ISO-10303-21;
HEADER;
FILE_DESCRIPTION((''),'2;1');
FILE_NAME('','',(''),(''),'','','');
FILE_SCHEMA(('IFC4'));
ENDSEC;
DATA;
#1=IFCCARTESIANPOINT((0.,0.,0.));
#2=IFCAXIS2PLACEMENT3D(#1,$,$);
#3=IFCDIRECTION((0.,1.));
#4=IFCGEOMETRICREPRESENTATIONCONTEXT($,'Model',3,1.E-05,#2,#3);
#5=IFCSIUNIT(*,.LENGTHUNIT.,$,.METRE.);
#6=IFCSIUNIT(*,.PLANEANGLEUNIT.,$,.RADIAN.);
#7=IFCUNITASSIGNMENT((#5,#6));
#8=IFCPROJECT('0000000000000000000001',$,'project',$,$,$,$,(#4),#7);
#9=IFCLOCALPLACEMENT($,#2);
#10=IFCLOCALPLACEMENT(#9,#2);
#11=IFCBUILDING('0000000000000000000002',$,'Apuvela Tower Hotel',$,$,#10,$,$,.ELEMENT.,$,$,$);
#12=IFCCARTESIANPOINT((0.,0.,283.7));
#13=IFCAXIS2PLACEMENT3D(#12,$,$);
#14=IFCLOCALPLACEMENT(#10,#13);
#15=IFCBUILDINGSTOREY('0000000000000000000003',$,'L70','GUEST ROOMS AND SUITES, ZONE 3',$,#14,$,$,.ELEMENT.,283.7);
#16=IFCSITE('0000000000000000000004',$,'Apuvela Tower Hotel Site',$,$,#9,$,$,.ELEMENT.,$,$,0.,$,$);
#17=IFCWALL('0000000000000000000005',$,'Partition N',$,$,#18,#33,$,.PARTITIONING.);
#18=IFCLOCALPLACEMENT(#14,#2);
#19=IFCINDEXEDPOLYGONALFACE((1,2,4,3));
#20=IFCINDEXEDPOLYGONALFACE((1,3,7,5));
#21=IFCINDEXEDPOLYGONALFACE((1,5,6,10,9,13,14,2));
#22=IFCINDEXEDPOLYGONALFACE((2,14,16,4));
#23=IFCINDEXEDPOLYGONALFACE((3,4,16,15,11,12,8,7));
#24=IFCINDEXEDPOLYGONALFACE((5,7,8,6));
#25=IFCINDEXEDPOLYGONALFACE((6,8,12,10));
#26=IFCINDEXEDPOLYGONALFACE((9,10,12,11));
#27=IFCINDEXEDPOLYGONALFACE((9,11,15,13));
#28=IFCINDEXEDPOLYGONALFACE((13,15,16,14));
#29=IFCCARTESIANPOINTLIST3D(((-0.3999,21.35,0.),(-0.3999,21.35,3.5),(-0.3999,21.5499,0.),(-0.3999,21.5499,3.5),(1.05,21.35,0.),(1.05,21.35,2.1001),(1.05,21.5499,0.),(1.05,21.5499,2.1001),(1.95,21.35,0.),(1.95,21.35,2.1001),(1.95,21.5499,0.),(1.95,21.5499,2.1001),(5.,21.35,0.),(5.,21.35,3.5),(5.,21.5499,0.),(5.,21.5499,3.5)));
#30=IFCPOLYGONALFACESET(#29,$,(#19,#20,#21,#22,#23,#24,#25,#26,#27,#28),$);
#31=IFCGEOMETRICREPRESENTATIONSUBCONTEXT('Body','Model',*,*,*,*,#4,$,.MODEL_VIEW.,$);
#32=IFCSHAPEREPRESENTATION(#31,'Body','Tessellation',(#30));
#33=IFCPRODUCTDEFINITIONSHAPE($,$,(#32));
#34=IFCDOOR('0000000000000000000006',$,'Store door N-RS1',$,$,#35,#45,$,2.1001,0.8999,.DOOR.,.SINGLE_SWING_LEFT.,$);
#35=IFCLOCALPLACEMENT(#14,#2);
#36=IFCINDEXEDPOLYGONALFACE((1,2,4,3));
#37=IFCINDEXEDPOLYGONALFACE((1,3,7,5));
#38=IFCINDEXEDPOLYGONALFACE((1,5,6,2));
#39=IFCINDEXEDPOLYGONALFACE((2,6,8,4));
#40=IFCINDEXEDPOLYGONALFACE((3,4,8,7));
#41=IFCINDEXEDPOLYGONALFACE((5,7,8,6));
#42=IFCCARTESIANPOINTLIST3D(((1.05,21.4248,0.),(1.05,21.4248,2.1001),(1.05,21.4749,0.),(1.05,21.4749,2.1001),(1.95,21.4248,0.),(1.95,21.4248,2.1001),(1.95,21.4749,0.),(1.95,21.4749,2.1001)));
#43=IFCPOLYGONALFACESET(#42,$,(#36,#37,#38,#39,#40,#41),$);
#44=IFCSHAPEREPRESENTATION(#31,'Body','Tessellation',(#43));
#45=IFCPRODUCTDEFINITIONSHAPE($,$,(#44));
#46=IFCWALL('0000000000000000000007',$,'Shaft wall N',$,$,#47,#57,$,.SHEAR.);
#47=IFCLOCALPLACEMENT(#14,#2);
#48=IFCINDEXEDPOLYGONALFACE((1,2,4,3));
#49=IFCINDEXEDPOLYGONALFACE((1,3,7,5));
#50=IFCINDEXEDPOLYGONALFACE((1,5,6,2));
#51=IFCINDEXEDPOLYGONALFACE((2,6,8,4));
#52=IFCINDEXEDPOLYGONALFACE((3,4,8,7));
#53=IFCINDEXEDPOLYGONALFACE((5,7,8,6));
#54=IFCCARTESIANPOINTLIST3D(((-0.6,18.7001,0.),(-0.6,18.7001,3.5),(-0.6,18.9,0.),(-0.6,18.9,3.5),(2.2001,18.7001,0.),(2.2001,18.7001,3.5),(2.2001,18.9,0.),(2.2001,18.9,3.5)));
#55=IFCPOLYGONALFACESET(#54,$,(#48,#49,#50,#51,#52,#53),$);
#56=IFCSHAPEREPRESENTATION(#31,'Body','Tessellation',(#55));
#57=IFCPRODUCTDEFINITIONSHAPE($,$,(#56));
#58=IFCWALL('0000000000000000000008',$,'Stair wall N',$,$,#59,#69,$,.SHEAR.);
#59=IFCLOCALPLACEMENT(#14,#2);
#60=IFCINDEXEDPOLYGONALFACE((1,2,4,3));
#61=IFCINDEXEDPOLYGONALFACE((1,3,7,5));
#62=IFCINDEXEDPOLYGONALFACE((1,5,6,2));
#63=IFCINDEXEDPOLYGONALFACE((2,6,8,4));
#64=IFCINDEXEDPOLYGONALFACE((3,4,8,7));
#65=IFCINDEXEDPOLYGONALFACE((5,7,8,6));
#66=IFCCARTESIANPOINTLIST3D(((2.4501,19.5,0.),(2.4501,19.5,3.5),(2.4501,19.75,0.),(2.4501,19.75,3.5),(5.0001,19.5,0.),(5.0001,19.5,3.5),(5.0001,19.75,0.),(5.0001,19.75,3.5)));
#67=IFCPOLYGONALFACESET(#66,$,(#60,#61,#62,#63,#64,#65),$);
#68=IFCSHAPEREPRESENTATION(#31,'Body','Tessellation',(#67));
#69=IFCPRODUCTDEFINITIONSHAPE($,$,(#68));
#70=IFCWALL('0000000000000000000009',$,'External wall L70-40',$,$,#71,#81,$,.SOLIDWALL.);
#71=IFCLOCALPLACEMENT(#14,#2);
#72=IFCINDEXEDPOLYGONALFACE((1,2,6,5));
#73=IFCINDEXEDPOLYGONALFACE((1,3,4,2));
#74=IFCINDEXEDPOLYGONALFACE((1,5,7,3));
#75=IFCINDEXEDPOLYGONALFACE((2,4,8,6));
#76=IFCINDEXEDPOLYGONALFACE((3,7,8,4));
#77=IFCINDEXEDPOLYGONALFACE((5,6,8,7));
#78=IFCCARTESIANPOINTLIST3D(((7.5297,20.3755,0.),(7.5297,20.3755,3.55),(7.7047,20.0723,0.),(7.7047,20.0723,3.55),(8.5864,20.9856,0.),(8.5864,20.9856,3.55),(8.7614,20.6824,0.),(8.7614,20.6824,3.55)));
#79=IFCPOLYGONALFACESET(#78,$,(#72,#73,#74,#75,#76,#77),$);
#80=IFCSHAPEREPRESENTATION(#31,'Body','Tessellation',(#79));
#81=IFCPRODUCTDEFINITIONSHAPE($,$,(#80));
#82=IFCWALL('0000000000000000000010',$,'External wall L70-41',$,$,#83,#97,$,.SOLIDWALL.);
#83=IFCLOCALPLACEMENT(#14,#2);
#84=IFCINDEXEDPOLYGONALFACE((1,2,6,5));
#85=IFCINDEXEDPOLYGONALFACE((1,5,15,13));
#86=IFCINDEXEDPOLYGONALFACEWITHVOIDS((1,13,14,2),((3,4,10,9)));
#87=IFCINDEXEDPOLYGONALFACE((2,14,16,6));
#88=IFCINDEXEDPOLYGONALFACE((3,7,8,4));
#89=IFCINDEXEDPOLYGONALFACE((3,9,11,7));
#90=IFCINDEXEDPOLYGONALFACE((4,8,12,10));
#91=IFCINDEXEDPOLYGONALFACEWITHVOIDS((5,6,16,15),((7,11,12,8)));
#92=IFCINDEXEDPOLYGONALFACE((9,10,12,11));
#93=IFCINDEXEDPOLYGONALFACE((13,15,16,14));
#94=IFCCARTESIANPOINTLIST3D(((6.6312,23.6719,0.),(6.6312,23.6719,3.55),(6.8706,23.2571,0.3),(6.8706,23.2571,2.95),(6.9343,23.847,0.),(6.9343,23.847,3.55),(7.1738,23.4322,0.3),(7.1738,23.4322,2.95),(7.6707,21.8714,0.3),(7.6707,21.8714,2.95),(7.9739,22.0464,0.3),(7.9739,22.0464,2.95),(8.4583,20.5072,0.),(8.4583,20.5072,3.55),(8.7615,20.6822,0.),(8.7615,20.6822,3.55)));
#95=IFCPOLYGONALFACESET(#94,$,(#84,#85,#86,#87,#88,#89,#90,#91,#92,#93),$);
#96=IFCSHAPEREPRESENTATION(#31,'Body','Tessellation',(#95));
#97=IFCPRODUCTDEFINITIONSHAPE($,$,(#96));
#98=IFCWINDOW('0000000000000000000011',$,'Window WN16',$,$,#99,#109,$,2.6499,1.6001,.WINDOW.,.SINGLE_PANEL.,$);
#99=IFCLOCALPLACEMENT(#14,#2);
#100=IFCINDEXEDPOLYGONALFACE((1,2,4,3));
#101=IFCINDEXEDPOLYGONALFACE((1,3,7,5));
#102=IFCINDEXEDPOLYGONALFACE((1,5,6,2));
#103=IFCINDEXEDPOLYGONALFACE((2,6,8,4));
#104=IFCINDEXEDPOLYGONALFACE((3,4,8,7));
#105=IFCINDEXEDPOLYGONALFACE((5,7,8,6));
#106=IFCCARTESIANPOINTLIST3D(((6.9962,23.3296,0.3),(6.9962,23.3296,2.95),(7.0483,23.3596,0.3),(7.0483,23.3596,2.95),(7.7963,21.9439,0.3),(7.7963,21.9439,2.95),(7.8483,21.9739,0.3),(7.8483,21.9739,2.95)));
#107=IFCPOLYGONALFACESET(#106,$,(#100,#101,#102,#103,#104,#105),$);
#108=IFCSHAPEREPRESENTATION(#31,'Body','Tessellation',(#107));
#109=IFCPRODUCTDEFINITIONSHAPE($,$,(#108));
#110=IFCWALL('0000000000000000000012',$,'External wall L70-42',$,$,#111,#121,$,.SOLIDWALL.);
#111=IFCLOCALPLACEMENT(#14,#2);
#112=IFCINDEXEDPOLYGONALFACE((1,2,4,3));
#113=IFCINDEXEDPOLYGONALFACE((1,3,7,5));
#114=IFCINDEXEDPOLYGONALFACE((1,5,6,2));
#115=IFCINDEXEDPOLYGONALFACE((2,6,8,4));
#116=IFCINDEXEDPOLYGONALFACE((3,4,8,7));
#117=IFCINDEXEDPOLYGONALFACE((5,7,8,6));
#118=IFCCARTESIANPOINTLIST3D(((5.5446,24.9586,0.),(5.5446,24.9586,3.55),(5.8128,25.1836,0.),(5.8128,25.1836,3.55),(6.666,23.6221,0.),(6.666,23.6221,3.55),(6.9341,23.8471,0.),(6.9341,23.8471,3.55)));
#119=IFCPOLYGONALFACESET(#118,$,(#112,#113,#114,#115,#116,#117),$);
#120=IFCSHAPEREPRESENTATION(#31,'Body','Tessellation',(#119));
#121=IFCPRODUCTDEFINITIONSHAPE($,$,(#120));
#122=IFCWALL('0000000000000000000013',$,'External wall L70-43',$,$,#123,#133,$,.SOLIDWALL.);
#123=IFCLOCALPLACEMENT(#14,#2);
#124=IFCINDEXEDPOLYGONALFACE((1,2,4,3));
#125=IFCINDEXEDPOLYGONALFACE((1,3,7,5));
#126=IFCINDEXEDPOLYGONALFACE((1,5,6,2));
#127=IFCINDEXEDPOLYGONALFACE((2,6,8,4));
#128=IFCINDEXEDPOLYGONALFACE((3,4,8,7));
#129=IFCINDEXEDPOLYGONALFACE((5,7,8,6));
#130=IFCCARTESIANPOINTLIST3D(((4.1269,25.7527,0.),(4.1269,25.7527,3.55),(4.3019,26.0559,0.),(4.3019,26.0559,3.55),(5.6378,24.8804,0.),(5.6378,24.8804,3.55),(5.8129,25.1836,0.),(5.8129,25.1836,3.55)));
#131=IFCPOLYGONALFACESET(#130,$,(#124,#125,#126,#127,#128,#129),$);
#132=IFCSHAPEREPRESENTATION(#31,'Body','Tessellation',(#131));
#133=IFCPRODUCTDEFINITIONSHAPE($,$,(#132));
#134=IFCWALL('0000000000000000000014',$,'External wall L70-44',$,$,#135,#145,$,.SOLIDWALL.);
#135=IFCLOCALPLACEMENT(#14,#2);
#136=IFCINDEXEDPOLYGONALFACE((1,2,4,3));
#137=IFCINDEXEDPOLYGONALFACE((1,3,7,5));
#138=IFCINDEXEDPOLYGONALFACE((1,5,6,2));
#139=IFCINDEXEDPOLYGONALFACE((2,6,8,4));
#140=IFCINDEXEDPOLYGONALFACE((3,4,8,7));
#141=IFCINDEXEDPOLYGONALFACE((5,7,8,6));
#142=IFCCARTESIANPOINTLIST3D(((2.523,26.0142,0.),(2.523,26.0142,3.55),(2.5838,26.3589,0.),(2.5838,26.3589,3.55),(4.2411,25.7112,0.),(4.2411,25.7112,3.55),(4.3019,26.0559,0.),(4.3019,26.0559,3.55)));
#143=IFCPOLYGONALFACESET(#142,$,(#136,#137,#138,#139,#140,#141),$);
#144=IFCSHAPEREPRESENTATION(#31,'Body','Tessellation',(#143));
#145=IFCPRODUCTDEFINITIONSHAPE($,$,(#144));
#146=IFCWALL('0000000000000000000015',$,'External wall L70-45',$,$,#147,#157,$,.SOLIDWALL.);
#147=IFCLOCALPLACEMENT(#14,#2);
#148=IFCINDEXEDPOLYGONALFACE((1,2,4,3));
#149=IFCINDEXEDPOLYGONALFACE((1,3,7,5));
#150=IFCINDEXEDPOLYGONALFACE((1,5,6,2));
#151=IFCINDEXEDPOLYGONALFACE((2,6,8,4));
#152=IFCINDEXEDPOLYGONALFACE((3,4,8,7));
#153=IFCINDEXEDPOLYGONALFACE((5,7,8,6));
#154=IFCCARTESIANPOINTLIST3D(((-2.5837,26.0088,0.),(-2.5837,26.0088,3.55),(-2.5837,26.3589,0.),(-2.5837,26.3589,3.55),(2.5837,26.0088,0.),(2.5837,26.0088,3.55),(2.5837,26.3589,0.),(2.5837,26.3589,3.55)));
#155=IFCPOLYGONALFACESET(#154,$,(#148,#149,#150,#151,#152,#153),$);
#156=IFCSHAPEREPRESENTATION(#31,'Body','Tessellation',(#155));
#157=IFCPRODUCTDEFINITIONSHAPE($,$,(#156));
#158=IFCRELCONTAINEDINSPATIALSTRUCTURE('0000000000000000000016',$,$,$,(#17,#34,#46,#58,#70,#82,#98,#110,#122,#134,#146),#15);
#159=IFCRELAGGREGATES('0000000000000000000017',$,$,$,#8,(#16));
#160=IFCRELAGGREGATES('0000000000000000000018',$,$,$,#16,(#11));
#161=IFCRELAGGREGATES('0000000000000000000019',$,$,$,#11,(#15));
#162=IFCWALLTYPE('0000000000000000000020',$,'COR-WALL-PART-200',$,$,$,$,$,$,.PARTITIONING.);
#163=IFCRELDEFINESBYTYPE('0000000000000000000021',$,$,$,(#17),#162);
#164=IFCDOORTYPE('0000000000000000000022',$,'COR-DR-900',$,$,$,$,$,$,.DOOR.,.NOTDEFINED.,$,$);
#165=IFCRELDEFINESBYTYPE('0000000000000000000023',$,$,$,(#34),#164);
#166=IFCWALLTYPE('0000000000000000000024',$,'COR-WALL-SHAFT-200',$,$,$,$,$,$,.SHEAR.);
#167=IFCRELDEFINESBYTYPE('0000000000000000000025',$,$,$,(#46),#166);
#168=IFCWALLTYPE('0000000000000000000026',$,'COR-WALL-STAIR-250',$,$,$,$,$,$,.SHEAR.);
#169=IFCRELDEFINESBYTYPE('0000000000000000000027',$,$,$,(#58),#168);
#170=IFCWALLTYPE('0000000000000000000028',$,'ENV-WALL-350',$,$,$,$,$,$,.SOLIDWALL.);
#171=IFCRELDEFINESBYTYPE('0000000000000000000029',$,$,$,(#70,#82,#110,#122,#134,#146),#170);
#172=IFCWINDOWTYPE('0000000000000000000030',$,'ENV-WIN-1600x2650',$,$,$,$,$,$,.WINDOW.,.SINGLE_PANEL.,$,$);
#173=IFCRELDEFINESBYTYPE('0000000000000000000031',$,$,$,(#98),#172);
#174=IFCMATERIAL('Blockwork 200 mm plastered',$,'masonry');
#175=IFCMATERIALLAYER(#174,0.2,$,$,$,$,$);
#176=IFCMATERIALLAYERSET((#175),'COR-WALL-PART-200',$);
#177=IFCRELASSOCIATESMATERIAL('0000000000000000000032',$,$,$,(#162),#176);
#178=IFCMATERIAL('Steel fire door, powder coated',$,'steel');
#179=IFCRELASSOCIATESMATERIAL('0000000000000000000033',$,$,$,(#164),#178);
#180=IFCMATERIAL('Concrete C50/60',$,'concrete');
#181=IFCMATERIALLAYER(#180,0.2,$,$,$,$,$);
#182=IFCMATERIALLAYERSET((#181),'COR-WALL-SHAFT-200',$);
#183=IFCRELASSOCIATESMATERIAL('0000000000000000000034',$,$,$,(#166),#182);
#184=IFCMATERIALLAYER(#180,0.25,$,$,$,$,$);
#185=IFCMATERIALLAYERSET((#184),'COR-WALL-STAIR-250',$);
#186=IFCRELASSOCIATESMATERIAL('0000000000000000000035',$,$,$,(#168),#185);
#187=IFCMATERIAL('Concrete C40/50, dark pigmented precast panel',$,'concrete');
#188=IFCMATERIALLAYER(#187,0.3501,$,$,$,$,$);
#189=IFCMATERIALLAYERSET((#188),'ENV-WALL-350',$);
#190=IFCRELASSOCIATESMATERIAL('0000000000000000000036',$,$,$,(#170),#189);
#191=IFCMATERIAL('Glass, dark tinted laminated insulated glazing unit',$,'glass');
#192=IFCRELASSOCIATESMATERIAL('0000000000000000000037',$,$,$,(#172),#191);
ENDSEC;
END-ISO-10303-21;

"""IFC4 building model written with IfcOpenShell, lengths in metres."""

from ifc_helpers import new_model, si_unit, direction, frame, frame_2d, origin, place, context, subcontext, project, spatial, rectangle, extrude, material, layer, layer_set, type_object, element, fill, save


model = new_model("IFC4")

# Units and contexts
model_context = context("Model", 3, precision=1e-05, world=origin(), true_north=direction((0.0, 1.0)))
body_context = subcontext(model_context, "Body", "Model", "MODEL_VIEW")
ifc_project = project(units=[si_unit("LENGTHUNIT", "METRE"), si_unit("PLANEANGLEUNIT", "RADIAN")], contexts=[model_context])

# Site, building, storey
site_placement = place(None, origin())
site = spatial("IfcSite", under=ifc_project, at=site_placement, Name="Apuvela Tower Hotel Site", CompositionType="ELEMENT", RefElevation=0.0)
building_placement = place(site_placement, origin())
building = spatial("IfcBuilding", under=site, at=building_placement, Name="Apuvela Tower Hotel", CompositionType="ELEMENT")
storey_placement = place(building_placement, frame((0.0, 0.0, 283.7)))
storey = spatial("IfcBuildingStorey", under=building, at=storey_placement, Name="L70", Description="GUEST ROOMS AND SUITES, ZONE 3", CompositionType="ELEMENT", Elevation=283.7)

# Wall, opening, door
ifc_material_1 = material(Name="Blockwork 200 mm plastered", Category="masonry")
ifc_layer_1 = layer(ifc_material_1, 0.2)
ifc_layer_set_1 = layer_set([ifc_layer_1], Name="COR-WALL-PART-200")
wall_type_1 = type_object("IfcWallType", Name="COR-WALL-PART-200", PredefinedType="PARTITIONING", material=ifc_layer_set_1)
wall_1_placement = place(storey_placement, frame((5.0, 21.45, 0.0), z_axis=(0.0, 0.0, 1.0), x_axis=(-1.0, 0.0, 0.0)))
wall_1 = element("IfcWall", 1, at=wall_1_placement, inside=storey, type_object=wall_type_1, Name="Partition N", PredefinedType="PARTITIONING", context=body_context, shape_type="SweptSolid", body=[
    extrude(rectangle(XDim=5.3999, YDim=0.2, at=frame_2d((2.7, 0.0))), origin(), (0.0, 0.0, 1.0), 3.5),
])
opening_1_placement = place(wall_1_placement, frame((3.05, 0.0, 0.0)))
opening_1 = element("IfcOpeningElement", 2, at=opening_1_placement, cuts=wall_1, PredefinedType="OPENING", context=body_context, shape_type="SweptSolid", body=[
    extrude(rectangle(XDim=0.8999, YDim=2.1001, at=frame_2d((0.45, 1.05))), frame((0.0, 0.1099, 0.0), z_axis=(0.0, -1.0, 0.0), x_axis=(1.0, 0.0, 0.0)), (0.0, 0.0, 1.0), 0.22),
])
ifc_material_2 = material(Name="Steel fire door, powder coated", Category="steel")
door_type_1 = type_object("IfcDoorType", Name="COR-DR-900", OperationType="NOTDEFINED", PredefinedType="DOOR", material=ifc_material_2)
door_1_placement = place(opening_1_placement, frame((0.8999, 0.0, 0.0), z_axis=(0.0, 0.0, 1.0), x_axis=(-1.0, 0.0, 0.0)))
door_1 = element("IfcDoor", 3, at=door_1_placement, inside=storey, type_object=door_type_1, Name="Store door N-RS1", OperationType="SINGLE_SWING_LEFT", OverallHeight=2.1001, OverallWidth=0.8999, PredefinedType="DOOR", context=body_context, shape_type="SweptSolid", body=[
    extrude(rectangle(XDim=0.8999, YDim=2.1001, at=frame_2d((0.45, 1.05))), frame((0.0, 0.0249, 0.0), z_axis=(0.0, -1.0, 0.0), x_axis=(1.0, 0.0, 0.0)), (0.0, 0.0, 1.0), 0.05),
])
fill(opening_1, door_1)

# Walls
ifc_material_3 = material(Name="Concrete C50/60", Category="concrete")
ifc_layer_2 = layer(ifc_material_3, 0.2)
ifc_layer_set_2 = layer_set([ifc_layer_2], Name="COR-WALL-SHAFT-200")
wall_type_2 = type_object("IfcWallType", Name="COR-WALL-SHAFT-200", PredefinedType="SHEAR", material=ifc_layer_set_2)
wall_2_placement = place(storey_placement, frame((2.2, 18.8, 0.0), z_axis=(0.0, 0.0, 1.0), x_axis=(-1.0, 0.0, 0.0)))
element("IfcWall", 4, at=wall_2_placement, inside=storey, type_object=wall_type_2, Name="Shaft wall N", PredefinedType="SHEAR", context=body_context, shape_type="SweptSolid", body=[
    extrude(rectangle(XDim=2.8, YDim=0.2, at=frame_2d((1.3999, 0.0))), origin(), (0.0, 0.0, 1.0), 3.5),
])
ifc_layer_3 = layer(ifc_material_3, 0.25)
ifc_layer_set_3 = layer_set([ifc_layer_3], Name="COR-WALL-STAIR-250")
wall_type_3 = type_object("IfcWallType", Name="COR-WALL-STAIR-250", PredefinedType="SHEAR", material=ifc_layer_set_3)
wall_3_placement = place(storey_placement, frame((5.0, 19.625, 0.0), z_axis=(0.0, 0.0, 1.0), x_axis=(-1.0, 0.0, 0.0)))
element("IfcWall", 5, at=wall_3_placement, inside=storey, type_object=wall_type_3, Name="Stair wall N", PredefinedType="SHEAR", context=body_context, shape_type="SweptSolid", body=[
    extrude(rectangle(XDim=2.55, YDim=0.25, at=frame_2d((1.2749, 0.0))), origin(), (0.0, 0.0, 1.0), 3.5),
])
ifc_material_4 = material(Name="Concrete C40/50, dark pigmented precast panel", Category="concrete")
ifc_layer_4 = layer(ifc_material_4, 0.3501)
ifc_layer_set_4 = layer_set([ifc_layer_4], Name="ENV-WALL-350")
wall_type_4 = type_object("IfcWallType", Name="ENV-WALL-350", PredefinedType="SOLIDWALL", material=ifc_layer_set_4)
wall_4_placement = place(storey_placement, frame((7.6172, 20.2239, 0.0), z_axis=(0.0, 0.0, 1.0), x_axis=(0.866006, 0.500034, 0.0)))
element("IfcWall", 6, at=wall_4_placement, inside=storey, type_object=wall_type_4, Name="External wall L70-40", PredefinedType="SOLIDWALL", context=body_context, shape_type="SweptSolid", body=[
    extrude(rectangle(XDim=1.2202, YDim=0.3501, at=frame_2d((0.6101, 0.0))), origin(), (0.0, 0.0, 1.0), 3.55),
])

# Wall, opening, window
wall_5_placement = place(storey_placement, frame((8.6099, 20.5947, 0.0), z_axis=(0.0, 0.0, 1.0), x_axis=(-0.49999, 0.866031, 0.0)))
wall_5 = element("IfcWall", 7, at=wall_5_placement, inside=storey, type_object=wall_type_4, Name="External wall L70-41", PredefinedType="SOLIDWALL", context=body_context, shape_type="SweptSolid", body=[
    extrude(rectangle(XDim=3.6543, YDim=0.3501, at=frame_2d((1.8271, 0.0))), origin(), (0.0, 0.0, 1.0), 3.55),
])
opening_2_placement = place(wall_5_placement, frame((1.5752, 0.0, 0.3)))
opening_2 = element("IfcOpeningElement", 8, at=opening_2_placement, cuts=wall_5, PredefinedType="OPENING", context=body_context, shape_type="SweptSolid", body=[
    extrude(rectangle(XDim=1.6001, YDim=2.6499, at=frame_2d((0.8, 1.325))), frame((0.0, 0.1851, 0.0), z_axis=(0.0, -1.0, 0.0), x_axis=(1.0, 0.0, 0.0)), (0.0, 0.0, 1.0), 0.3701),
])
ifc_material_5 = material(Name="Glass, dark tinted laminated insulated glazing unit", Category="glass")
window_type = type_object("IfcWindowType", Name="ENV-WIN-1600x2650", PartitioningType="SINGLE_PANEL", PredefinedType="WINDOW", material=ifc_material_5)
window_placement = place(opening_2_placement, origin())
window = element("IfcWindow", 9, at=window_placement, inside=storey, type_object=window_type, Name="Window WN16", OverallHeight=2.6499, OverallWidth=1.6001, PartitioningType="SINGLE_PANEL", PredefinedType="WINDOW", context=body_context, shape_type="SweptSolid", body=[
    extrude(rectangle(XDim=1.6001, YDim=2.6499, at=frame_2d((0.8, 1.325))), frame((0.0, 0.03, 0.0), z_axis=(0.0, -1.0, 0.0), x_axis=(1.0, 0.0, 0.0)), (0.0, 0.0, 1.0), 0.0601),
])
fill(opening_2, window)

# Walls
for number, where, z_axis, x_axis, name in (
    (10, (6.8, 23.7346, 0.0), (0.0, 0.0, 1.0), (-0.642769, 0.76606, 0.0), "External wall L70-42"),
    (11, (5.7253, 25.032, 0.0), (0.0, 0.0, 1.0), (-0.866039, 0.499977, 0.0), "External wall L70-43"),
    (12, (4.2715, 25.8835, 0.0), (0.0, 0.0, 1.0), (-0.984803, 0.173674, 0.0), "External wall L70-44"),
):
    element("IfcWall", number, at=place(storey_placement, frame(where, z_axis=z_axis, x_axis=x_axis)), inside=storey, type_object=wall_type_4, Name=name, PredefinedType="SOLIDWALL", context=body_context, shape_type="SweptSolid", body=[
        extrude(rectangle(XDim=1.7446, YDim=0.3501, at=frame_2d((0.8723, 0.0))), origin(), (0.0, 0.0, 1.0), 3.55),
    ])
wall_6_placement = place(storey_placement, frame((2.5837, 26.1838, 0.0), z_axis=(0.0, 0.0, 1.0), x_axis=(-1.0, 0.0, 0.0)))
element("IfcWall", 13, at=wall_6_placement, inside=storey, type_object=wall_type_4, Name="External wall L70-45", PredefinedType="SOLIDWALL", context=body_context, shape_type="SweptSolid", body=[
    extrude(rectangle(XDim=5.1675, YDim=0.3501, at=frame_2d((2.5837, 0.0))), origin(), (0.0, 0.0, 1.0), 3.55),
])

save(model, "model.ifc")
